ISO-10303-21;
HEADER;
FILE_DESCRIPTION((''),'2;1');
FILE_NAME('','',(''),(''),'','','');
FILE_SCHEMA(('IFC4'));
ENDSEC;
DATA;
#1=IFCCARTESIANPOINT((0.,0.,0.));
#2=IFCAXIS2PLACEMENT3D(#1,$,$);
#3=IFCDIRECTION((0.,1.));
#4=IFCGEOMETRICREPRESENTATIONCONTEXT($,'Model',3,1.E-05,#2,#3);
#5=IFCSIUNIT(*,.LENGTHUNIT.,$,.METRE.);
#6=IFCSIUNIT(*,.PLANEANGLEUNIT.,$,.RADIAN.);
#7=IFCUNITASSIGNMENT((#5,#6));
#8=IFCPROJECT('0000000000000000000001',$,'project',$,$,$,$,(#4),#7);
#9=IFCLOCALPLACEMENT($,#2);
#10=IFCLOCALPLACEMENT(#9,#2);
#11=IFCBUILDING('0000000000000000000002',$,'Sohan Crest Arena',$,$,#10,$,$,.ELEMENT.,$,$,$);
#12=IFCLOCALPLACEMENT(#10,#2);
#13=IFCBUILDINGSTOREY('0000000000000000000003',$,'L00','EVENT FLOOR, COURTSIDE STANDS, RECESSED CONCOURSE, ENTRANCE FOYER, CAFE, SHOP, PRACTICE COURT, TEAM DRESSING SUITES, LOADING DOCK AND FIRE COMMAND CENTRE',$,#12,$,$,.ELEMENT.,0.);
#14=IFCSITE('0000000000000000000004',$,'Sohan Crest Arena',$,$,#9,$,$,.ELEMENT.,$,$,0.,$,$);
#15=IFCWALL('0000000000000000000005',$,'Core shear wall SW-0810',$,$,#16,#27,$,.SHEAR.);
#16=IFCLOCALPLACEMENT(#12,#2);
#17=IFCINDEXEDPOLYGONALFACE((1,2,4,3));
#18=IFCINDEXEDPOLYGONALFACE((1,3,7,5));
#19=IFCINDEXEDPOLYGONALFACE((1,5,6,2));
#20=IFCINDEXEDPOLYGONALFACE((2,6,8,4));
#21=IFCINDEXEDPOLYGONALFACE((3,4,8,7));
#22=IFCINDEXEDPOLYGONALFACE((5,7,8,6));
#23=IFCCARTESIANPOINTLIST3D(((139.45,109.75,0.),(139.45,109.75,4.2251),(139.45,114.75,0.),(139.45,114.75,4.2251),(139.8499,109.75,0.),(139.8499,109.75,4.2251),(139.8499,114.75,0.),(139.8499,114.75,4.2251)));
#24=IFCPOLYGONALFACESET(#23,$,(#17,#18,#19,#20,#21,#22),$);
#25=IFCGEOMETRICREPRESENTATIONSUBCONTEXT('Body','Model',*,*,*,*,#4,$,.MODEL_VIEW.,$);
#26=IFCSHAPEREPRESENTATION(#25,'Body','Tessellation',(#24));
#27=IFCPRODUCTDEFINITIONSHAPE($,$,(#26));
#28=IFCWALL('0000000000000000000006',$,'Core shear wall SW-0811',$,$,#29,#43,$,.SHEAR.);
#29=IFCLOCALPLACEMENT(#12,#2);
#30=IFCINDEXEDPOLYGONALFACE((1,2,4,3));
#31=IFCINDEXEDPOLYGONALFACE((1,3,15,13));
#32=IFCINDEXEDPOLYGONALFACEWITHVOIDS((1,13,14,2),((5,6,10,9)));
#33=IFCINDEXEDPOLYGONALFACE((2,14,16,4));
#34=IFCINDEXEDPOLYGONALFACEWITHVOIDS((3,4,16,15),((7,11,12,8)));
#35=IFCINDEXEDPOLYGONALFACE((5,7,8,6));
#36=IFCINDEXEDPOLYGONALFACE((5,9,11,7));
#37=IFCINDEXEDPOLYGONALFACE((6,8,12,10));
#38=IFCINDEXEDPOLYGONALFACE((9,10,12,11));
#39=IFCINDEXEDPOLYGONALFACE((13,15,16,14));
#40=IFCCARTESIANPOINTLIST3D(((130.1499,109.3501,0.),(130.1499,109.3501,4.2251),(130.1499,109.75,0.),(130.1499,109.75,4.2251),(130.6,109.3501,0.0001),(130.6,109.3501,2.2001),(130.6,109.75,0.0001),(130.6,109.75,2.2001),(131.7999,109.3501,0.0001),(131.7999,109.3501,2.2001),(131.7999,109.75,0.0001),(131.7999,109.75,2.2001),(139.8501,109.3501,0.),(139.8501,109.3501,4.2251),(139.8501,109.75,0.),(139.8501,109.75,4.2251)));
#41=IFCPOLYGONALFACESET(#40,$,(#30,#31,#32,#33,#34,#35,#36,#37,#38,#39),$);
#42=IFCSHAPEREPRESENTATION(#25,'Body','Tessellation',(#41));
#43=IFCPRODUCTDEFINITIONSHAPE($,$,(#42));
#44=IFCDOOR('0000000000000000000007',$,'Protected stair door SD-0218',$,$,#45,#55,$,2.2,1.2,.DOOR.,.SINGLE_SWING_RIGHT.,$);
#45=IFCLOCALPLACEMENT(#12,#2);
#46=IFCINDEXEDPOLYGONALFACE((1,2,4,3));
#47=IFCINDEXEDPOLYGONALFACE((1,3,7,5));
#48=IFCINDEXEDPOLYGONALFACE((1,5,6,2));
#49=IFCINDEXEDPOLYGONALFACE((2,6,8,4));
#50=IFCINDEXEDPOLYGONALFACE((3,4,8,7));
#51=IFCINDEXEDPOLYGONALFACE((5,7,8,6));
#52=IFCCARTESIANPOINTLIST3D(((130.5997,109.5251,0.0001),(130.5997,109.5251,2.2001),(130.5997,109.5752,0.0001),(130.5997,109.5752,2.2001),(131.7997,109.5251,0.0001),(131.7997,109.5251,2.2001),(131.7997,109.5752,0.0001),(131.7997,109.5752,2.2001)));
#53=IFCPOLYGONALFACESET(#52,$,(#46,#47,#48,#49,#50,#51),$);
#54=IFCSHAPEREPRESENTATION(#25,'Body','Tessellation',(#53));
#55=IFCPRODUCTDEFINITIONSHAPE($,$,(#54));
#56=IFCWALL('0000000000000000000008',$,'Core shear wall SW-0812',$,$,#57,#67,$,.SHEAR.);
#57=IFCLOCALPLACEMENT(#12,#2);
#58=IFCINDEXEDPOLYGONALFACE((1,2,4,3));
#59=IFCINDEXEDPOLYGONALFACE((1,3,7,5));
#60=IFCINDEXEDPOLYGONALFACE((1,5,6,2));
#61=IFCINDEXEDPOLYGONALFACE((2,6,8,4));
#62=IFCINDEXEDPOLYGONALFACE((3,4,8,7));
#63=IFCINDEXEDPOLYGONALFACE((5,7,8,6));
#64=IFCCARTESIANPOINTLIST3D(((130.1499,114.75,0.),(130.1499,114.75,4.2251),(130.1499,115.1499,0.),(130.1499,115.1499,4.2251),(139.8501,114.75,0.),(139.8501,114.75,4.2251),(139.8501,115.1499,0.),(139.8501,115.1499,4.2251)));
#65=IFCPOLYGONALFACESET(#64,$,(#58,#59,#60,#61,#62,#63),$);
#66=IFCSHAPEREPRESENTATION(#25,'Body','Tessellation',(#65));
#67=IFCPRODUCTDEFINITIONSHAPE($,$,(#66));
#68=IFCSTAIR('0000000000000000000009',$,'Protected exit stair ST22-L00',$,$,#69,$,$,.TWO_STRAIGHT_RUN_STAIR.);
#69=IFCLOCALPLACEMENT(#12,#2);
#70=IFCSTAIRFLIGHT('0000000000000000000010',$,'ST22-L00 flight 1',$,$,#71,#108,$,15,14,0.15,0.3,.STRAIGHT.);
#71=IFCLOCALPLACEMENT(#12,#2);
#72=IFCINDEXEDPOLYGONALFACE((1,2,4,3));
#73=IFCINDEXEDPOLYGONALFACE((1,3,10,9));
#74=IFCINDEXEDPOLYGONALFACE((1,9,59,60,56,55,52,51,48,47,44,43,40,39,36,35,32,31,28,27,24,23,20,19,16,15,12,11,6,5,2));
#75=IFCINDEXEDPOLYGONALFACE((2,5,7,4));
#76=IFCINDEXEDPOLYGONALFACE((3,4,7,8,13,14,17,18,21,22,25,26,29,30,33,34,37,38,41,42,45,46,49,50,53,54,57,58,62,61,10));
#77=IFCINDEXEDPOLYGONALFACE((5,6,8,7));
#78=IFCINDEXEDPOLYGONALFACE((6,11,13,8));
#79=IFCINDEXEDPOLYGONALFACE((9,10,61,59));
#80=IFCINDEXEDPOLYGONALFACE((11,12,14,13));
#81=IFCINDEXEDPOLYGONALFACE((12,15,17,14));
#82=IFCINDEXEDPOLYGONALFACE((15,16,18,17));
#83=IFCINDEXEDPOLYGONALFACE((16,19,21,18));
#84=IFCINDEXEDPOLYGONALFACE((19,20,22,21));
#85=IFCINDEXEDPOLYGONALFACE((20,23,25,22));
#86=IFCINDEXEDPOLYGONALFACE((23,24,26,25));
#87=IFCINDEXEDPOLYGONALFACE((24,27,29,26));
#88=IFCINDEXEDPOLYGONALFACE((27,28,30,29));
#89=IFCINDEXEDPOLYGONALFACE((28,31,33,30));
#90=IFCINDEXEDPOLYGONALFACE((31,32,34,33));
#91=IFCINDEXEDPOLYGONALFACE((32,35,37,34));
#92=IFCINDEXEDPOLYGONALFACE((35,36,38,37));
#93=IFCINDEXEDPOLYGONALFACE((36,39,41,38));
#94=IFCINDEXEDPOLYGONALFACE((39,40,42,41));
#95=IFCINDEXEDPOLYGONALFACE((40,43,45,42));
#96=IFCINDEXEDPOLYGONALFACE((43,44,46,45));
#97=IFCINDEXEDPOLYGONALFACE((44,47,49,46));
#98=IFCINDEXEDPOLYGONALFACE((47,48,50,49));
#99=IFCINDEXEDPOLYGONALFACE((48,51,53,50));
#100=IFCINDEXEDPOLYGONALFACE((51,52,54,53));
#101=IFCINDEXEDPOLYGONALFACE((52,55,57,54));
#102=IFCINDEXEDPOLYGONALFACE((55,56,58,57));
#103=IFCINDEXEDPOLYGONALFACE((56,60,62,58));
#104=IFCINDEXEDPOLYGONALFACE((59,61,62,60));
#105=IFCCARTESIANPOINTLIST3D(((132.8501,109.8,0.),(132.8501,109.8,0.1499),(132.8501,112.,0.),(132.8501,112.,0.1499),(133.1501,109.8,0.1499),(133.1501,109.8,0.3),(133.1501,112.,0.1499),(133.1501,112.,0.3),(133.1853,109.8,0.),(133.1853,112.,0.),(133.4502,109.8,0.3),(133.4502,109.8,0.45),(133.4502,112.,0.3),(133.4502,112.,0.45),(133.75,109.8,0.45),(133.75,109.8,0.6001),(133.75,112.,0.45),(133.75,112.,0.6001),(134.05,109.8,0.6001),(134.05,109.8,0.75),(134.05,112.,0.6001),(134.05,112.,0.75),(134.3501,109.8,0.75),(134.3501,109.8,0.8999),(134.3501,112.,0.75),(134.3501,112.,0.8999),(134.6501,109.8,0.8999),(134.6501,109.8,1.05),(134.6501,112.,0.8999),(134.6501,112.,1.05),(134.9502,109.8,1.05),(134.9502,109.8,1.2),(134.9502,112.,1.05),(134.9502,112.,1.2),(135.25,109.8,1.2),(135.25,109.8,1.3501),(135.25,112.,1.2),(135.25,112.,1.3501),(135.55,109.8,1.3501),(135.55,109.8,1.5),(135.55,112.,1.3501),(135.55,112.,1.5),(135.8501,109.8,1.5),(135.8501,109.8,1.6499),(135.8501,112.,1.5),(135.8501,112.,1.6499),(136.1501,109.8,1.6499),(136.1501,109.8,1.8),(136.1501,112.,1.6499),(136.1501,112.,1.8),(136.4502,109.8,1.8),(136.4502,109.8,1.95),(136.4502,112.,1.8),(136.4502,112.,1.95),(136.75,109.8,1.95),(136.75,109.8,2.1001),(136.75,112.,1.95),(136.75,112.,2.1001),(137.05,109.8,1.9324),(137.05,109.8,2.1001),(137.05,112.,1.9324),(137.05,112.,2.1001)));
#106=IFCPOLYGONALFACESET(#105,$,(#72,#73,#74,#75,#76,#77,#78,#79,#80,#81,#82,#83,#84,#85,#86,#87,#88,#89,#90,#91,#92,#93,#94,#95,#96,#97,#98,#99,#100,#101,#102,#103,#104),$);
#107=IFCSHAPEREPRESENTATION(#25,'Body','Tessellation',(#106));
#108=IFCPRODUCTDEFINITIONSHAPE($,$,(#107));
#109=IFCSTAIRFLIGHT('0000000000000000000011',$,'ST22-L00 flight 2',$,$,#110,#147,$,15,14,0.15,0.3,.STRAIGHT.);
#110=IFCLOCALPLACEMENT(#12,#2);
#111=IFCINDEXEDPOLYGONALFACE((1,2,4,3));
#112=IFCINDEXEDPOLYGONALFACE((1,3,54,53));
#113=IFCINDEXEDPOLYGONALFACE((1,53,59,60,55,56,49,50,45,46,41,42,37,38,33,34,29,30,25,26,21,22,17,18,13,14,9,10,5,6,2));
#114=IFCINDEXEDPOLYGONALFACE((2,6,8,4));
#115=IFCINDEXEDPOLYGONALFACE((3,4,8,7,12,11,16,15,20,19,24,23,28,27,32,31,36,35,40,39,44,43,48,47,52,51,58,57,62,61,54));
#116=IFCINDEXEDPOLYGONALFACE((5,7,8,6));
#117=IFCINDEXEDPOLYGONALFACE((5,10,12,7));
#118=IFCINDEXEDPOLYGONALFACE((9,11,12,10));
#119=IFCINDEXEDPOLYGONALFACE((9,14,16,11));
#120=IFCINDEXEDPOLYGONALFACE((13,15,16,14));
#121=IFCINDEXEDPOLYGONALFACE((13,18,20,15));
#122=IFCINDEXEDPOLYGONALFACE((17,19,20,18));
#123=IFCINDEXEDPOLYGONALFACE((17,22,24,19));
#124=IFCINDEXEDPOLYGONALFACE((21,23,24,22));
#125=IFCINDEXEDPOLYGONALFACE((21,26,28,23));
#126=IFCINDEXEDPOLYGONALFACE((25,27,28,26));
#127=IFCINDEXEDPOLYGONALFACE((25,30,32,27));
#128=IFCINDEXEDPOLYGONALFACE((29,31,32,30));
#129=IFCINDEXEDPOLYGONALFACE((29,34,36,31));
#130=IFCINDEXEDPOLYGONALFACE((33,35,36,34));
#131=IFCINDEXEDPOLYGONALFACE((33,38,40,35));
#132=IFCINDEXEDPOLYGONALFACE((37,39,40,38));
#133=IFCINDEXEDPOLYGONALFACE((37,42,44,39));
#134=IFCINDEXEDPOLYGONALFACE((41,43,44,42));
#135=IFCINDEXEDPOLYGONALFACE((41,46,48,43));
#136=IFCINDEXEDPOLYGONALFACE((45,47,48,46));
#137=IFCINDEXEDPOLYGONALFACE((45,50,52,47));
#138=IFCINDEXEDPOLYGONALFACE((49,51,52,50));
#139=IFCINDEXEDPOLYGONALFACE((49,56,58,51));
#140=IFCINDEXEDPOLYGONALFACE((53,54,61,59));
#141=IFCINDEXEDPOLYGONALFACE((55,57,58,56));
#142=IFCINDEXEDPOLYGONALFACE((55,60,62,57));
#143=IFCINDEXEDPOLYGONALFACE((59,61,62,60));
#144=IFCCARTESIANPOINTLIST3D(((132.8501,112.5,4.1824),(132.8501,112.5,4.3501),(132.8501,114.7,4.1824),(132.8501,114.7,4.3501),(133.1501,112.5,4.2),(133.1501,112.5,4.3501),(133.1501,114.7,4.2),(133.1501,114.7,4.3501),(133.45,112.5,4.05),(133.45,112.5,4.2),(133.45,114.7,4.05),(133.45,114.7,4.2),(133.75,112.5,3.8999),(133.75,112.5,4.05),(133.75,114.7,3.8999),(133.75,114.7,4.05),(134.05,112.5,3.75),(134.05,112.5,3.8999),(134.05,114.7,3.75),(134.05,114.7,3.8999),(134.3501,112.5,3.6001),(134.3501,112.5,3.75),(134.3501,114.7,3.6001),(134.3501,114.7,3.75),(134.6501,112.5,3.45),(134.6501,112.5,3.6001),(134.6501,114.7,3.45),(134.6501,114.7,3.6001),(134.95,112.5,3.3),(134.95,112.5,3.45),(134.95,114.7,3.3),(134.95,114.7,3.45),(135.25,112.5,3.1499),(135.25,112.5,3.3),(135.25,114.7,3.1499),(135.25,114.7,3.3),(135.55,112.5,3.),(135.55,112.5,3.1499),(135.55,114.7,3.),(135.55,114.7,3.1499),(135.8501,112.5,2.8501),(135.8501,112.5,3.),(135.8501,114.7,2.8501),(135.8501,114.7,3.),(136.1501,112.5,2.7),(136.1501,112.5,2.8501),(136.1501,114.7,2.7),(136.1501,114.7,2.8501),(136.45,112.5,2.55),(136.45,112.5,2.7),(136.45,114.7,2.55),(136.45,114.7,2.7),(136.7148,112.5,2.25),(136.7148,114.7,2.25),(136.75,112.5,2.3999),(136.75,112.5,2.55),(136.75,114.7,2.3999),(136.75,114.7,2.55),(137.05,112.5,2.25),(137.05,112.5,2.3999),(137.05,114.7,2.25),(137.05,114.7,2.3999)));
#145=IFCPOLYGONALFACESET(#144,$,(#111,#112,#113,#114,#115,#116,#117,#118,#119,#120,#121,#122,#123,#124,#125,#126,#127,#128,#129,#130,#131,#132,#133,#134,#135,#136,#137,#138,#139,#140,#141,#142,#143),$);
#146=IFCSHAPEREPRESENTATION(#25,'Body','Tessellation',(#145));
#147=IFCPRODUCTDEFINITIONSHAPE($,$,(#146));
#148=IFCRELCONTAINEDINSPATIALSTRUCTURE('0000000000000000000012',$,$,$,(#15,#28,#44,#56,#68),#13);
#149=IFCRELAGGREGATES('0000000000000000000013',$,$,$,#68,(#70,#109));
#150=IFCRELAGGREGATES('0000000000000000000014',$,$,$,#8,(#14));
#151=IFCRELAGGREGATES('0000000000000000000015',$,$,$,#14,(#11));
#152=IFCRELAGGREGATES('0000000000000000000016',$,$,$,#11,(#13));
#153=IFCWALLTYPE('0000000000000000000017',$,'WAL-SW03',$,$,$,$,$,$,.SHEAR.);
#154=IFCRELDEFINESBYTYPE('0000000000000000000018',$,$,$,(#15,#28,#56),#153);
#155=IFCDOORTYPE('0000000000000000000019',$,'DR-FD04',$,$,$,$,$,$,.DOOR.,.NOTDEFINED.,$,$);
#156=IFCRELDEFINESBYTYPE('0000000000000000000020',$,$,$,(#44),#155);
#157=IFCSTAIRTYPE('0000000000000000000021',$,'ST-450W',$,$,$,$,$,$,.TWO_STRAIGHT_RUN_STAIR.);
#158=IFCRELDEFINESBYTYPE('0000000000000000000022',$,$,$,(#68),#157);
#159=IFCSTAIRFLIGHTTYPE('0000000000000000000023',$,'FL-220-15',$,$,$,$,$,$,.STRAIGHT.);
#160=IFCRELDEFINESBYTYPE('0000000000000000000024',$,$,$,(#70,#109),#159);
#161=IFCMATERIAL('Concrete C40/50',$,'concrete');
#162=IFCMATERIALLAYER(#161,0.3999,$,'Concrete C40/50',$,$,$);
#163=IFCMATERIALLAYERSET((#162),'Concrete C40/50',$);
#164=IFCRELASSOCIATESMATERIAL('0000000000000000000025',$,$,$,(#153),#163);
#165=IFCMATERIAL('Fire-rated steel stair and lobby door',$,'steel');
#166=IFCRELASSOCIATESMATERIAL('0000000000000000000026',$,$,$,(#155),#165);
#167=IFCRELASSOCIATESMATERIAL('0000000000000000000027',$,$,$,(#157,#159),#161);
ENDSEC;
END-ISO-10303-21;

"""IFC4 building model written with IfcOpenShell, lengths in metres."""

from ifc_helpers import new_model, si_unit, direction, frame, frame_2d, origin, place, context, subcontext, project, spatial, polyline, rectangle, outline, extrude, material, layer, layer_set, type_object, element, fill, aggregate, save


model = new_model("IFC4")

# Units and contexts
model_context = context("Model", 3, precision=1e-05, world=origin(), true_north=direction((0.0, 1.0)))
body_context = subcontext(model_context, "Body", "Model", "MODEL_VIEW")
ifc_project = project(units=[si_unit("LENGTHUNIT", "METRE"), si_unit("PLANEANGLEUNIT", "RADIAN")], contexts=[model_context])

# Site, building, storey
site_placement = place(None, origin())
site = spatial("IfcSite", under=ifc_project, at=site_placement, Name="Sohan Crest Arena", CompositionType="ELEMENT", RefElevation=0.0)
building_placement = place(site_placement, origin())
building = spatial("IfcBuilding", under=site, at=building_placement, Name="Sohan Crest Arena", CompositionType="ELEMENT")
storey_placement = place(building_placement, origin())
storey = spatial("IfcBuildingStorey", under=building, at=storey_placement, Name="L00", Description="EVENT FLOOR, COURTSIDE STANDS, RECESSED CONCOURSE, ENTRANCE FOYER, CAFE, SHOP, PRACTICE COURT, TEAM DRESSING SUITES, LOADING DOCK AND FIRE COMMAND CENTRE", CompositionType="ELEMENT", Elevation=0.0)

# Shared definitions
ifc_material_1 = material(Name="Concrete C40/50", Category="concrete")
ifc_layer_1 = layer(ifc_material_1, 0.3999, Name="Concrete C40/50")
ifc_layer_set_1 = layer_set([ifc_layer_1], Name="Concrete C40/50")
wall_type = type_object("IfcWallType", Name="WAL-SW03", PredefinedType="SHEAR", material=ifc_layer_set_1)

# Shared definitions
ifc_material_2 = material(Name="Fire-rated steel stair and lobby door", Category="steel")
door_type_1 = type_object("IfcDoorType", Name="DR-FD04", OperationType="NOTDEFINED", PredefinedType="DOOR", material=ifc_material_2)

# Wall
for number, where, z_axis, x_axis, name in (
    (1, (139.6499, 109.75, 0.0), (0.0, 0.0, 1.0), (0.0, 1.0, 0.0), "Core shear wall SW-0810"),
):
    element("IfcWall", number, at=place(storey_placement, frame(where, z_axis=z_axis, x_axis=x_axis)), inside=storey, type_object=wall_type, Name=name, PredefinedType="SHEAR", context=body_context, shape_type="SweptSolid", body=[
        extrude(rectangle(XDim=5.0, YDim=0.3999, at=frame_2d((2.5, 0.0))), origin(), (0.0, 0.0, 1.0), 4.2251),
    ])

# Wall, opening, door
wall_1_placement = place(storey_placement, frame((130.1499, 109.55, 0.0), z_axis=(0.0, 0.0, 1.0), x_axis=(1.0, 0.0, 0.0)))
wall_1 = element("IfcWall", 2, at=wall_1_placement, inside=storey, type_object=wall_type, Name="Core shear wall SW-0811", PredefinedType="SHEAR", context=body_context, shape_type="SweptSolid", body=[
    extrude(rectangle(XDim=9.7002, YDim=0.3999, at=frame_2d((4.8501, 0.0))), origin(), (0.0, 0.0, 1.0), 4.2251),
])
opening_1_placement = place(wall_1_placement, frame((0.45, 0.0, 0.0)))
opening_1 = element("IfcOpeningElement", 3, at=opening_1_placement, cuts=wall_1, PredefinedType="OPENING", context=body_context, shape_type="SweptSolid", body=[
    extrude(rectangle(XDim=1.2, YDim=2.2, at=frame_2d((0.6001, 1.1001))), frame((0.0, 0.21, 0.0), z_axis=(0.0, -1.0, 0.0), x_axis=(1.0, 0.0, 0.0)), (0.0, 0.0, 1.0), 0.4199),
])
door_1_placement = place(opening_1_placement, frame((1.2, 0.0, 0.0), z_axis=(0.0, 0.0, 1.0), x_axis=(-1.0, 0.0, 0.0)))
door_1 = element("IfcDoor", 4, at=door_1_placement, inside=storey, type_object=door_type_1, Name="Protected stair door SD-0218", OperationType="SINGLE_SWING_RIGHT", OverallHeight=2.2, OverallWidth=1.2, PredefinedType="DOOR", context=body_context, shape_type="SweptSolid", body=[
    extrude(rectangle(XDim=1.2, YDim=2.2, at=frame_2d((0.6001, 1.1001))), frame((0.0, 0.0249, 0.0), z_axis=(0.0, -1.0, 0.0), x_axis=(1.0, 0.0, 0.0)), (0.0, 0.0, 1.0), 0.05),
])
fill(opening_1, door_1)

# Wall
wall_2_placement = place(storey_placement, frame((130.1499, 114.95, 0.0), z_axis=(0.0, 0.0, 1.0), x_axis=(1.0, 0.0, 0.0)))
element("IfcWall", 5, at=wall_2_placement, inside=storey, type_object=wall_type, Name="Core shear wall SW-0812", PredefinedType="SHEAR", context=body_context, shape_type="SweptSolid", body=[
    extrude(rectangle(XDim=9.7002, YDim=0.3999, at=frame_2d((4.8501, 0.0))), origin(), (0.0, 0.0, 1.0), 4.2251),
])

# Stair, stair flights
stair_type = type_object("IfcStairType", Name="ST-450W", PredefinedType="TWO_STRAIGHT_RUN_STAIR", material=ifc_material_1)
stair_placement = place(storey_placement, origin())
stair = element("IfcStair", 6, at=stair_placement, inside=storey, type_object=stair_type, Name="Protected exit stair ST22-L00", PredefinedType="TWO_STRAIGHT_RUN_STAIR")
stair_flight_type = type_object("IfcStairFlightType", Name="FL-220-15", PredefinedType="STRAIGHT", material=ifc_material_1)
stair_flight_1_placement = place(storey_placement, frame((132.8501, 110.8999, 0.0), z_axis=(0.0, 0.0, 1.0), x_axis=(1.0, 0.0, 0.0)))
stair_flight_1 = element("IfcStairFlight", 7, at=stair_flight_1_placement, type_object=stair_flight_type, Name="ST22-L00 flight 1", NumberOfRisers=15, NumberOfTreads=14, PredefinedType="STRAIGHT", RiserHeight=0.15, TreadLength=0.3, context=body_context, shape_type="SweptSolid", body=[
    extrude(outline(polyline([(0.0, 0.0), (0.0, 0.1499), (0.3, 0.1499), (0.3, 0.3), (0.6001, 0.3), (0.6001, 0.45), (0.8999, 0.45), (0.8999, 0.6001), (1.2, 0.6001), (1.2, 0.75), (1.5, 0.75), (1.5, 0.8999), (1.8, 0.8999), (1.8, 1.05), (2.1001, 1.05), (2.1001, 1.2), (2.3999, 1.2), (2.3999, 1.3501), (2.7, 1.3501), (2.7, 1.5), (3.0, 1.5), (3.0, 1.6499), (3.3, 1.6499), (3.3, 1.8), (3.6001, 1.8), (3.6001, 1.95), (3.8999, 1.95), (3.8999, 2.1001), (4.2, 2.1001), (4.2, 2.25), (4.2, 1.9324), (0.3352, 0.0), (0.0, 0.0)])), frame((0.0, 1.1001, 0.0), z_axis=(0.0, -1.0, 0.0), x_axis=(1.0, 0.0, 0.0)), (0.0, 0.0, 1.0), 2.2),
])
stair_flight_2_placement = place(storey_placement, frame((137.05, 113.6001, 2.25), z_axis=(0.0, 0.0, 1.0), x_axis=(-1.0, 0.0, 0.0)))
stair_flight_2 = element("IfcStairFlight", 8, at=stair_flight_2_placement, type_object=stair_flight_type, Name="ST22-L00 flight 2", NumberOfRisers=15, NumberOfTreads=14, PredefinedType="STRAIGHT", RiserHeight=0.15, TreadLength=0.3, context=body_context, shape_type="SweptSolid", body=[
    extrude(outline(polyline([(0.0, 0.0), (0.0, 0.1499), (0.3, 0.1499), (0.3, 0.3), (0.6001, 0.3), (0.6001, 0.45), (0.8999, 0.45), (0.8999, 0.6001), (1.2, 0.6001), (1.2, 0.75), (1.5, 0.75), (1.5, 0.8999), (1.8, 0.8999), (1.8, 1.05), (2.1001, 1.05), (2.1001, 1.2), (2.3999, 1.2), (2.3999, 1.3501), (2.7, 1.3501), (2.7, 1.5), (3.0, 1.5), (3.0, 1.6499), (3.3, 1.6499), (3.3, 1.8), (3.6001, 1.8), (3.6001, 1.95), (3.8999, 1.95), (3.8999, 2.1001), (4.2, 2.1001), (4.2, 2.25), (4.2, 1.9324), (0.3352, 0.0), (0.0, 0.0)])), frame((0.0, 1.1001, 0.0), z_axis=(0.0, -1.0, 0.0), x_axis=(1.0, 0.0, 0.0)), (0.0, 0.0, 1.0), 2.2),
])
aggregate(stair, [stair_flight_1, stair_flight_2])

save(model, "model.ifc")
